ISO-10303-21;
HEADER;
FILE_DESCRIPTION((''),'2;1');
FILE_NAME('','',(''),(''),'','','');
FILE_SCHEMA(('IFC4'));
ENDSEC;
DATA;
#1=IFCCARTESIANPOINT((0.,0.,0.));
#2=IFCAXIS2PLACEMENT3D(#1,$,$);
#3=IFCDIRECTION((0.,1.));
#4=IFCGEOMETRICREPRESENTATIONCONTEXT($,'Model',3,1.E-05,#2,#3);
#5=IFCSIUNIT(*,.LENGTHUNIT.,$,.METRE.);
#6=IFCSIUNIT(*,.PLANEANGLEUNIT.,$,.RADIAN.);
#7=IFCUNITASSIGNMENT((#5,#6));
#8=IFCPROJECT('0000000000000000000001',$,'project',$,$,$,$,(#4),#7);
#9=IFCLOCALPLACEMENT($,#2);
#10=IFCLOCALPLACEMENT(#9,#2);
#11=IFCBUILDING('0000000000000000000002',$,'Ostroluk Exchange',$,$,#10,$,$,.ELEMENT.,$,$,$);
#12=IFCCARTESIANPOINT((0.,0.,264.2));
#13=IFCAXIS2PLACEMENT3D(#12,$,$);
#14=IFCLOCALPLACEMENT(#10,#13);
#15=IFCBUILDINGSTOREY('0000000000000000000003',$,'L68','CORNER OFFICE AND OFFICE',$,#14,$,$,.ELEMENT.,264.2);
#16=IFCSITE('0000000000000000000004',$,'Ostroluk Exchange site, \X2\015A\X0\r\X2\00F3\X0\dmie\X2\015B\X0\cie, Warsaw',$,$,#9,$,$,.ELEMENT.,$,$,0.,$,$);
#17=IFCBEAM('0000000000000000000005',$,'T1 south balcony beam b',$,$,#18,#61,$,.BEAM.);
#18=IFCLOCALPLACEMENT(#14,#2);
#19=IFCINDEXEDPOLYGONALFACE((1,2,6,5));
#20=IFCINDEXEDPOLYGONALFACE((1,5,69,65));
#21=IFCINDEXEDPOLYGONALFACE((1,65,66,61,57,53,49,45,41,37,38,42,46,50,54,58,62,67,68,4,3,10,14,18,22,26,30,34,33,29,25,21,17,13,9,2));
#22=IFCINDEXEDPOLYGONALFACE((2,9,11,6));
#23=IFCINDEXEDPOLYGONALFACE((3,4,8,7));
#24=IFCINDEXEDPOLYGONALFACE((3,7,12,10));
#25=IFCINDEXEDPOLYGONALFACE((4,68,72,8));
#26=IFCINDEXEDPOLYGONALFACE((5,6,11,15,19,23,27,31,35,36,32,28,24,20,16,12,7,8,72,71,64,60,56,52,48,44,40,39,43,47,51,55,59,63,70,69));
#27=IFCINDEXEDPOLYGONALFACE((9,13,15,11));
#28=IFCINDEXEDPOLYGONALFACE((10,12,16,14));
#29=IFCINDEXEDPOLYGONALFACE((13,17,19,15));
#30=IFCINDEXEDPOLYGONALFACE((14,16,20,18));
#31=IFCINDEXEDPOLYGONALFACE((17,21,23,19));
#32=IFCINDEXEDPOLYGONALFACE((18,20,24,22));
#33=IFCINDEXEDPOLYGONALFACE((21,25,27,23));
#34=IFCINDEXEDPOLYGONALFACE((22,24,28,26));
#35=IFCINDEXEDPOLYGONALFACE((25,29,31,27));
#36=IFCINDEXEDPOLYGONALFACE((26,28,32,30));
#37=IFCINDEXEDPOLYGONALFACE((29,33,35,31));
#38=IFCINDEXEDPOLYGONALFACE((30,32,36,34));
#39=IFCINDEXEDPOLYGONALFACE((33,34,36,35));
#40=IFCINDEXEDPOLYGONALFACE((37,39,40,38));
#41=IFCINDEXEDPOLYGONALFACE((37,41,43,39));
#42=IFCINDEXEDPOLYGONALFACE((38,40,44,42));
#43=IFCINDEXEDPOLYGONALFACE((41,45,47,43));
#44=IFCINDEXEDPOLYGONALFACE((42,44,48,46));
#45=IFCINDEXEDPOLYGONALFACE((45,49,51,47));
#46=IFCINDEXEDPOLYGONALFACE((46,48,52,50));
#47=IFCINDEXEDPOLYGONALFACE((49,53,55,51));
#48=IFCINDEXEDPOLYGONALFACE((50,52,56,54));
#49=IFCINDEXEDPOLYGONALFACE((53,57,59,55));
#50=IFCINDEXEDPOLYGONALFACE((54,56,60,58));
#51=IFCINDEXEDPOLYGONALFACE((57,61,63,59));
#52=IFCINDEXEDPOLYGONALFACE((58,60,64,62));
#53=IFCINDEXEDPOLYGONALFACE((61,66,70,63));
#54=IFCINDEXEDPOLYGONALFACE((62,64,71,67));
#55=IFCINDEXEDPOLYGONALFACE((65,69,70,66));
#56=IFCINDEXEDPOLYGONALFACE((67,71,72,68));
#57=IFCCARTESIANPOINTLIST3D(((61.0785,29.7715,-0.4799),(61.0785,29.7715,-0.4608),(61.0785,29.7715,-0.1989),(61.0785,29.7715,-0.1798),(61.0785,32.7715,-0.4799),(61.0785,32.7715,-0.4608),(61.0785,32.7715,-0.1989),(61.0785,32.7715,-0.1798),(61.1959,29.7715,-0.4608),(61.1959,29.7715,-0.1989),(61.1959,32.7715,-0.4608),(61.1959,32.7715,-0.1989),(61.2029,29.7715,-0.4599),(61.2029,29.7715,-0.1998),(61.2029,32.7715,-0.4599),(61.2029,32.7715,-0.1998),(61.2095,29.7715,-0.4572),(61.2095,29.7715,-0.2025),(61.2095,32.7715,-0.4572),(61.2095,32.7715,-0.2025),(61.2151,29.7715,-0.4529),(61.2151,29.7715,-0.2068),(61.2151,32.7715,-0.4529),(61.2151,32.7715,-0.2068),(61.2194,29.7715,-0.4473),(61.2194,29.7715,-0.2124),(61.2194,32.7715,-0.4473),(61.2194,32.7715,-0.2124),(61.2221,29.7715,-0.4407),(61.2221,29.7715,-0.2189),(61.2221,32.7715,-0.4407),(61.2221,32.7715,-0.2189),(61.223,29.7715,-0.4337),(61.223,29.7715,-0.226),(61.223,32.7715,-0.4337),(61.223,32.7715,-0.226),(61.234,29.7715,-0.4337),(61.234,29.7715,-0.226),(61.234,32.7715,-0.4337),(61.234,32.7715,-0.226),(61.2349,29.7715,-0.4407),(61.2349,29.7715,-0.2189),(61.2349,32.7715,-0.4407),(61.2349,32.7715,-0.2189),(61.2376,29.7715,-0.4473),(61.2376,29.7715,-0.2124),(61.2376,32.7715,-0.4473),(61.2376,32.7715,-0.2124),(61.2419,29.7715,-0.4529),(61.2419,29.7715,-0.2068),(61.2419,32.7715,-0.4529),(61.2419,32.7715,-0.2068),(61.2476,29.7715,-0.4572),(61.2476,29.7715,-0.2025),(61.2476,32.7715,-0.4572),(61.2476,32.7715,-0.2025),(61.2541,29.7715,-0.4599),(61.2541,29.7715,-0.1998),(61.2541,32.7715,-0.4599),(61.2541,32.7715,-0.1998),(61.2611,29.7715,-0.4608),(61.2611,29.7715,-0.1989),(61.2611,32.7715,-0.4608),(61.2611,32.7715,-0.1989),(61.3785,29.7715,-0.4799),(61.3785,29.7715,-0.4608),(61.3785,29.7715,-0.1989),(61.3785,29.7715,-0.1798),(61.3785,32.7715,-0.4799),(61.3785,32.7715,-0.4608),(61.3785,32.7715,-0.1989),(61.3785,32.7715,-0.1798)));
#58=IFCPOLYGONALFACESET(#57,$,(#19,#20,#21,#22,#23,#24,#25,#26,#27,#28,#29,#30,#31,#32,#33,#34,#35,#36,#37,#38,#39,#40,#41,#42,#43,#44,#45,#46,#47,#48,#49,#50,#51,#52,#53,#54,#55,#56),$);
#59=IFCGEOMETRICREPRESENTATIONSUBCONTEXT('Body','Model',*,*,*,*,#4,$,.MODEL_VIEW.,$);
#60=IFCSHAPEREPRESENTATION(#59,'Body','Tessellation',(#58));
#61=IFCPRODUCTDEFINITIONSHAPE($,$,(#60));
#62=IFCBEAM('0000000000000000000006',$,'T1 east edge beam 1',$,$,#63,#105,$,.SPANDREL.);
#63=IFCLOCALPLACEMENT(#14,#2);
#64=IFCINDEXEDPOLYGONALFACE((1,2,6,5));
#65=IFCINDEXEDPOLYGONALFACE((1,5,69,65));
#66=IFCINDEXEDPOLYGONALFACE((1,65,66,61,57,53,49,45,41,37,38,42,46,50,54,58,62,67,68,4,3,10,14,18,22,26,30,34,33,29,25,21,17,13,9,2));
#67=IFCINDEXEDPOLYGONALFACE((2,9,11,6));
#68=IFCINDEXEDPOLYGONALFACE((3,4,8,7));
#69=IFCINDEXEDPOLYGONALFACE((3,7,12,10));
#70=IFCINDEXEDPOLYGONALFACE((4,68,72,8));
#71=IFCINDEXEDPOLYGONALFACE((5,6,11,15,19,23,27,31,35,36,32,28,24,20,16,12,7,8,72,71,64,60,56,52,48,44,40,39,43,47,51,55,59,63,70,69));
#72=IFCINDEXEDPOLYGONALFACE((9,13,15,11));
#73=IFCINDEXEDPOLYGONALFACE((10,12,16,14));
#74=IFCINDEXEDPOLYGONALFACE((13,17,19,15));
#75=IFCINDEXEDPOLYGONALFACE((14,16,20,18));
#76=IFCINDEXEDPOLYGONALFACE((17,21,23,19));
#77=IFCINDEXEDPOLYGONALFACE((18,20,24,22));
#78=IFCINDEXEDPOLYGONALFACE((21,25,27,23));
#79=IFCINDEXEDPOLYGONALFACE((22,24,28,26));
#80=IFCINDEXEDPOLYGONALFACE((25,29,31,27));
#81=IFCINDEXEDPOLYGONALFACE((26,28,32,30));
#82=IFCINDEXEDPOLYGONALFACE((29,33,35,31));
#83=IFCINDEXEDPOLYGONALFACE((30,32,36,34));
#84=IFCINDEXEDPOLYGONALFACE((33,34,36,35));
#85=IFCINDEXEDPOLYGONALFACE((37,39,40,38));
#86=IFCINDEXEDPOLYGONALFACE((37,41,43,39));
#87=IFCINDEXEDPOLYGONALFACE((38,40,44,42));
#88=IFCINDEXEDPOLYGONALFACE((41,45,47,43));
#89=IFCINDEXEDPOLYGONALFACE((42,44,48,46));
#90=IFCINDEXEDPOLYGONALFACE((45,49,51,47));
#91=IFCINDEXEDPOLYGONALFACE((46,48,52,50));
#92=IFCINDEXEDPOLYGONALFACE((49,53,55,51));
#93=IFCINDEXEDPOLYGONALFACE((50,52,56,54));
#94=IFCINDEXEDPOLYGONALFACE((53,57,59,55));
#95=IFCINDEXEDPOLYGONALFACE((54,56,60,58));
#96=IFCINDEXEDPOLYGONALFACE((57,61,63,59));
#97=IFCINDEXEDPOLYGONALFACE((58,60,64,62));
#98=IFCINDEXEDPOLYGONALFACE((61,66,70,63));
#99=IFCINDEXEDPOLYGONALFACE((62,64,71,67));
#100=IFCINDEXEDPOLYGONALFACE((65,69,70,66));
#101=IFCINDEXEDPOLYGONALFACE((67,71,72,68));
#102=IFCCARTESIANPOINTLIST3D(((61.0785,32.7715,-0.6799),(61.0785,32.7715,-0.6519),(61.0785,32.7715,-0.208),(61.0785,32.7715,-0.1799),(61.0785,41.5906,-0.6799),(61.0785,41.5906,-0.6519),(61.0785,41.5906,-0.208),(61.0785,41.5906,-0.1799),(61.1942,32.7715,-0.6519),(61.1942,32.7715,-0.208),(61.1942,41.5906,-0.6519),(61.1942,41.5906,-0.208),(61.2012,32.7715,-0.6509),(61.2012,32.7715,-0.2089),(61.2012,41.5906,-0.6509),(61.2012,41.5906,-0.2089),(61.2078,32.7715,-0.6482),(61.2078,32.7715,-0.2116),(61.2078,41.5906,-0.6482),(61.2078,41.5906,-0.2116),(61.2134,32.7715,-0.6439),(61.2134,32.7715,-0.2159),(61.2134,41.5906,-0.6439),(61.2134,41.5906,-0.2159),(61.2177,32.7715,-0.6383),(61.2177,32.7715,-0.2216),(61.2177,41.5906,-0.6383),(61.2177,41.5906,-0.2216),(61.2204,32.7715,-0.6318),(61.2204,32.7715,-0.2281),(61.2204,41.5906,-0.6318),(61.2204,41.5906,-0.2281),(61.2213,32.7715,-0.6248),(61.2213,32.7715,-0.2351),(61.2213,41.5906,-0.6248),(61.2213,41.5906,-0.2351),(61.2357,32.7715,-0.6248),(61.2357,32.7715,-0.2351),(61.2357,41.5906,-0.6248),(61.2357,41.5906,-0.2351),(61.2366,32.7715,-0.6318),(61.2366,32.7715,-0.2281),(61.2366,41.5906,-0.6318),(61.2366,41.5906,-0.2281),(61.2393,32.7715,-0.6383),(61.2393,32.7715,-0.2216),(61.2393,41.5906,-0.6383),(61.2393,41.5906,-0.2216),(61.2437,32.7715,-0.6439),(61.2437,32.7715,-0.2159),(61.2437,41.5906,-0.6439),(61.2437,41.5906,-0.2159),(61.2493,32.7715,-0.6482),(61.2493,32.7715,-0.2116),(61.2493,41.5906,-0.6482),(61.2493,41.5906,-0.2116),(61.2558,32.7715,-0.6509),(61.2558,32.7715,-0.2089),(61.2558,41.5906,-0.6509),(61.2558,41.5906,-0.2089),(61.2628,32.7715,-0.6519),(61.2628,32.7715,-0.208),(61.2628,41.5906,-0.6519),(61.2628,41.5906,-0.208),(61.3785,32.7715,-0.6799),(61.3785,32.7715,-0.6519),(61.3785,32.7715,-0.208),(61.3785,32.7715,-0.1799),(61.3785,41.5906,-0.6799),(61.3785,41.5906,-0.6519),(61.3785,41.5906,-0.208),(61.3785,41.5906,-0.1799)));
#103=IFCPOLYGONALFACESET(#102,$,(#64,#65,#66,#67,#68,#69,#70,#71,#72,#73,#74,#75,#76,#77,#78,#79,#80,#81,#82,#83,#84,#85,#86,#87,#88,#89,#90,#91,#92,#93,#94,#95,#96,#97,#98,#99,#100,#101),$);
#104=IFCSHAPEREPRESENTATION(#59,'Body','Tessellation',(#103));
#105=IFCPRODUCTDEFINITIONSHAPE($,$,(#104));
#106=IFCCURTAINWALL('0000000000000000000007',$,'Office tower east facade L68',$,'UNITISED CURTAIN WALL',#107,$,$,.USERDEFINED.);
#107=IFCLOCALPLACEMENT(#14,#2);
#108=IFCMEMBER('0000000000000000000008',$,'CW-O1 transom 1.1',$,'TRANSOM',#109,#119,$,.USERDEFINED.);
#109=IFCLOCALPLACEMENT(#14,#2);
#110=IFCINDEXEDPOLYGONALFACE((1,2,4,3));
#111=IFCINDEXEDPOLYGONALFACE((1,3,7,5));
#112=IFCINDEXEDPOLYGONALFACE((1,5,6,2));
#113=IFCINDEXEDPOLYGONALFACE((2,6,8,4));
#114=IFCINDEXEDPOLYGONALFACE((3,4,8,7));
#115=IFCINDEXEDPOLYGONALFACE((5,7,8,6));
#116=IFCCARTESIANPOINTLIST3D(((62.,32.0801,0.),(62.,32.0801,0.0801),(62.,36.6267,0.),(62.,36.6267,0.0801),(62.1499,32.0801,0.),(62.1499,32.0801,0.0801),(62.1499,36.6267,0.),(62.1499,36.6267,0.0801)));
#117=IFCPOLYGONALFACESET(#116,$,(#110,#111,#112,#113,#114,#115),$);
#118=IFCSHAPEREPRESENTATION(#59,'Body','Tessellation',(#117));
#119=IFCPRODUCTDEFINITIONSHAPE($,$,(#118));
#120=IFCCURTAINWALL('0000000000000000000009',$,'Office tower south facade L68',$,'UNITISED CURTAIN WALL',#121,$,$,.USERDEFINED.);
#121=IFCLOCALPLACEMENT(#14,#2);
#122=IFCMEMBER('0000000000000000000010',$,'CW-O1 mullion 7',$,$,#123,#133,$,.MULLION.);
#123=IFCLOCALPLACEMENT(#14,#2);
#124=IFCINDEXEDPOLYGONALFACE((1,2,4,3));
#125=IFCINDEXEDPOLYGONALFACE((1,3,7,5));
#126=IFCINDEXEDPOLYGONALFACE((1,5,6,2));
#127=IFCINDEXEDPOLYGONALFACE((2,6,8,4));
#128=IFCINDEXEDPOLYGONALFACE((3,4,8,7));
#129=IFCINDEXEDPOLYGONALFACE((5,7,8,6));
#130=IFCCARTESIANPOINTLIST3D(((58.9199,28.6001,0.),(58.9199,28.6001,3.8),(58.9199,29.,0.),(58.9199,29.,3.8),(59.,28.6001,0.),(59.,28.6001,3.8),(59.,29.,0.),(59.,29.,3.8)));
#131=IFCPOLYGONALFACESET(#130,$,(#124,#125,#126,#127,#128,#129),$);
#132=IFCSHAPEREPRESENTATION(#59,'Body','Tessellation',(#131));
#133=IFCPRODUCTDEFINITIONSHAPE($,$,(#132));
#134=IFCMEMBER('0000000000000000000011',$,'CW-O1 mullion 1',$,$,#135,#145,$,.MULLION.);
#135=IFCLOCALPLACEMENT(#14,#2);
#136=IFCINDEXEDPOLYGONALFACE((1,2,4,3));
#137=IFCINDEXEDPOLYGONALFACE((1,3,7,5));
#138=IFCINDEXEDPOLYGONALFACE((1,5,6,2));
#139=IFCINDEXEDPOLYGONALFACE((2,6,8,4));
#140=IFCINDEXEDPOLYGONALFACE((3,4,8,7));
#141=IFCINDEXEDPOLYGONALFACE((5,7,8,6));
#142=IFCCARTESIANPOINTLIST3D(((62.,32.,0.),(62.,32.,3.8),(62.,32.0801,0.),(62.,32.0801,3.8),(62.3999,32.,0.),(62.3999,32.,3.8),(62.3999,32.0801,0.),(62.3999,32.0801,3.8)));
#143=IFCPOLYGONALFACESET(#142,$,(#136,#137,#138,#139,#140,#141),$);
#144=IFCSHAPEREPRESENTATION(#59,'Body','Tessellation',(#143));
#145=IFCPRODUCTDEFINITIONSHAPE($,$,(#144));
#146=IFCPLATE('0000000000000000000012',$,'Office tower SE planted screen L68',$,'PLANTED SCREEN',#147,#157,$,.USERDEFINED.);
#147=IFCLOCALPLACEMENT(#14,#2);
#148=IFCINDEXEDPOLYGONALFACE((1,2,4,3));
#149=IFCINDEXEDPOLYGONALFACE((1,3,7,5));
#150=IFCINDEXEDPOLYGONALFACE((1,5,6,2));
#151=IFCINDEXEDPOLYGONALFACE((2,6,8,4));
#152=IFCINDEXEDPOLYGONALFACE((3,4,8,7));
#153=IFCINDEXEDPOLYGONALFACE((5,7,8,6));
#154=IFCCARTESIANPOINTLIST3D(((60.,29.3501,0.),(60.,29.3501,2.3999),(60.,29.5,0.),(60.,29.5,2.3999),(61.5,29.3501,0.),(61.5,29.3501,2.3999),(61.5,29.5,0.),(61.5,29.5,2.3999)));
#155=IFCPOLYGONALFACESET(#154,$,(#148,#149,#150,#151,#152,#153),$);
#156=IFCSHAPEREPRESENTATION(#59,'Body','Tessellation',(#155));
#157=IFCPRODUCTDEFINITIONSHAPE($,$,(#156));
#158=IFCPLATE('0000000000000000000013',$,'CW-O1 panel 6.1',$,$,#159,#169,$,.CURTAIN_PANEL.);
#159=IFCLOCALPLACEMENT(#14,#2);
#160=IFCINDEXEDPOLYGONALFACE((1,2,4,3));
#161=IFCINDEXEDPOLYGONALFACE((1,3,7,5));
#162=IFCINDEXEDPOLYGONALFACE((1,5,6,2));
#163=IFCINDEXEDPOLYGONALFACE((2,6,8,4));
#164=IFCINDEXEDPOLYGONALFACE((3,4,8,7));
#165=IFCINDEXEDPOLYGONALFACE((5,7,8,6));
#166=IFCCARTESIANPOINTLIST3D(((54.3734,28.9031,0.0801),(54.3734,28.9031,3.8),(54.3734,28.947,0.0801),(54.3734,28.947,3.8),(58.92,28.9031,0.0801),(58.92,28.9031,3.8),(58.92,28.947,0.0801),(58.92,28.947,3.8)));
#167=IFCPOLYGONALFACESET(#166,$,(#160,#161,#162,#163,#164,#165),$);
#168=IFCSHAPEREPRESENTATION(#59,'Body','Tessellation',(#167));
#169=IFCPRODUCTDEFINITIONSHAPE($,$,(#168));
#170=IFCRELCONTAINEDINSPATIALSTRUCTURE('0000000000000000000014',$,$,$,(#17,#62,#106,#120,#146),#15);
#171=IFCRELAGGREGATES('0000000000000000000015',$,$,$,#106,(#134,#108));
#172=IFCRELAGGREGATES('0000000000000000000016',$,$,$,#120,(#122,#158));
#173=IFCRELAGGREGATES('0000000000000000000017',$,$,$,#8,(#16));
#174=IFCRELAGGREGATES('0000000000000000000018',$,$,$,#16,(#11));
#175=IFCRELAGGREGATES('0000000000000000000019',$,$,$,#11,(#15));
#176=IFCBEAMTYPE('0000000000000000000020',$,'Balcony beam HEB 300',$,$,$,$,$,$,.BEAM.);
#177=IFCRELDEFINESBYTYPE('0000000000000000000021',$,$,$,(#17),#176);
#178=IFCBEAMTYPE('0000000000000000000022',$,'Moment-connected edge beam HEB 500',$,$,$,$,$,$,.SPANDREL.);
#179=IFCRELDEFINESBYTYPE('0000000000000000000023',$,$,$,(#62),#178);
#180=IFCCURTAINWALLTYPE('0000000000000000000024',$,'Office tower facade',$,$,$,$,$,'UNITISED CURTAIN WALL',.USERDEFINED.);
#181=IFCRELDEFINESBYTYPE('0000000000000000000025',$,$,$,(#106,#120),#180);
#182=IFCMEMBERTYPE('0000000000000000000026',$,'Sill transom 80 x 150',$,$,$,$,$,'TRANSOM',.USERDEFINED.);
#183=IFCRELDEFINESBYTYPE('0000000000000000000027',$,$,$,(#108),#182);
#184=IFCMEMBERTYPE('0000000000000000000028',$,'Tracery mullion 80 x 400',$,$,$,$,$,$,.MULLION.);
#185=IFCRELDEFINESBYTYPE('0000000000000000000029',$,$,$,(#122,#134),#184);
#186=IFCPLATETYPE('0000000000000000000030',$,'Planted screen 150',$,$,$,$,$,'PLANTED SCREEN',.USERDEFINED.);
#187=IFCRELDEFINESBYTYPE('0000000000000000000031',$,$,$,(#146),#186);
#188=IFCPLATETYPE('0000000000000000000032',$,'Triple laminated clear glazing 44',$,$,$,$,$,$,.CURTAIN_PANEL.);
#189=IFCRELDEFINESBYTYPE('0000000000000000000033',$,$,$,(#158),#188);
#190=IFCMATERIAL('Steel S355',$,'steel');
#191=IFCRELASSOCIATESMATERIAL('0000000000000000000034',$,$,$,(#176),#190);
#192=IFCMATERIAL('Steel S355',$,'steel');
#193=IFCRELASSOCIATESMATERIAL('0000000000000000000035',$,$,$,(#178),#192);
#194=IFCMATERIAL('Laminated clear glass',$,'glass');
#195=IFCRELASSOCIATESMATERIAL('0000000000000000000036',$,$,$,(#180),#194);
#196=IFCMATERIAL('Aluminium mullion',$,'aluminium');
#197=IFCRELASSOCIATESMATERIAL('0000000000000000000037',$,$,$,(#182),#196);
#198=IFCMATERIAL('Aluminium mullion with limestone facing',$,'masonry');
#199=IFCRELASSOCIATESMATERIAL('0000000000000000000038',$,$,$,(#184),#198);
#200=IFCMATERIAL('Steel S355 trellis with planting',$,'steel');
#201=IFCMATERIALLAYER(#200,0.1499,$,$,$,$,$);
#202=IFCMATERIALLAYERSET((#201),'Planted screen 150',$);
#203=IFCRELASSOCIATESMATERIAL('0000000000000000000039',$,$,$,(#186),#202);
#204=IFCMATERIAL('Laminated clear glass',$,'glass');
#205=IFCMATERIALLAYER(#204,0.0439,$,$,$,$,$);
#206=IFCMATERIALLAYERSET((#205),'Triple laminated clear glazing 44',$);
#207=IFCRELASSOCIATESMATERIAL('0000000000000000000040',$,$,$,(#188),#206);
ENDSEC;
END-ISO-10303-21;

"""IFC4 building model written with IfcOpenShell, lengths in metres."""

from ifc_helpers import new_model, si_unit, direction, frame, origin, origin_2d, place, context, subcontext, project, spatial, rectangle, i_section, extrude, material, layer, layer_set, material_profile, profile_set, type_object, element, aggregate, save


model = new_model("IFC4")

# Units and contexts
model_context = context("Model", 3, precision=1e-05, world=origin(), true_north=direction((0.0, 1.0)))
body_context = subcontext(model_context, "Body", "Model", "MODEL_VIEW")
ifc_project = project(units=[si_unit("LENGTHUNIT", "METRE"), si_unit("PLANEANGLEUNIT", "RADIAN")], contexts=[model_context])

# Site, building, storey
site_placement = place(None, origin())
site = spatial("IfcSite", under=ifc_project, at=site_placement, Name="Ostroluk Exchange site, Śródmieście, Warsaw", CompositionType="ELEMENT", RefElevation=0.0)
building_placement = place(site_placement, origin())
building = spatial("IfcBuilding", under=site, at=building_placement, Name="Ostroluk Exchange", CompositionType="ELEMENT")
storey_placement = place(building_placement, frame((0.0, 0.0, 264.2)))
storey = spatial("IfcBuildingStorey", under=building, at=storey_placement, Name="L68", Description="CORNER OFFICE AND OFFICE", CompositionType="ELEMENT", Elevation=264.2)

# Beams
ifc_material_1 = material(Name="Steel S355", Category="steel")
ifc_material_profile_1 = material_profile(ifc_material_1, i_section(OverallWidth=0.3, OverallDepth=0.3, WebThickness=0.011, FlangeThickness=0.019, FilletRadius=0.0271, at=origin_2d()), Name="HEB 300")
ifc_profile_set_1 = profile_set([ifc_material_profile_1], Name="Steel S355")
beam_type_1 = type_object("IfcBeamType", Name="Balcony beam HEB 300", PredefinedType="BEAM", material=ifc_profile_set_1)
for number, where, z_axis, x_axis, name in (
    (1, (61.2285, 32.7715, -0.3298), (0.0, -1.0, 0.0), (1.0, 0.0, 0.0), "T1 south balcony beam b"),
):
    element("IfcBeam", number, at=place(storey_placement, frame(where, z_axis=z_axis, x_axis=x_axis)), inside=storey, type_object=beam_type_1, Name=name, PredefinedType="BEAM", context=body_context, shape_type="SweptSolid", body=[
        extrude(i_section(OverallWidth=0.3, OverallDepth=0.3, WebThickness=0.011, FlangeThickness=0.019, FilletRadius=0.0271, at=origin_2d()), origin(), (0.0, 0.0, 1.0), 3.0),
    ])
ifc_material_2 = material(Name="Steel S355", Category="steel")
ifc_material_profile_2 = material_profile(ifc_material_2, i_section(OverallWidth=0.3, OverallDepth=0.5, WebThickness=0.0144, FlangeThickness=0.0281, FilletRadius=0.0271, at=origin_2d()), Name="HEB 500")
ifc_profile_set_2 = profile_set([ifc_material_profile_2], Name="Steel S355")
beam_type_2 = type_object("IfcBeamType", Name="Moment-connected edge beam HEB 500", PredefinedType="SPANDREL", material=ifc_profile_set_2)
beam_placement = place(storey_placement, frame((61.2285, 32.7715, -0.4299), z_axis=(0.0, 1.0, 0.0), x_axis=(-1.0, 0.0, 0.0)))
element("IfcBeam", 2, at=beam_placement, inside=storey, type_object=beam_type_2, Name="T1 east edge beam 1", PredefinedType="SPANDREL", context=body_context, shape_type="SweptSolid", body=[
    extrude(i_section(OverallWidth=0.3, OverallDepth=0.5, WebThickness=0.0144, FlangeThickness=0.0281, FilletRadius=0.0271, at=origin_2d()), origin(), (0.0, 0.0, 1.0), 8.8191),
])

# Curtain walls, members
ifc_material_3 = material(Name="Laminated clear glass", Category="glass")
curtain_wall_type = type_object("IfcCurtainWallType", Name="Office tower facade", ElementType="UNITISED CURTAIN WALL", PredefinedType="USERDEFINED", material=ifc_material_3)
curtain_wall_1_placement = place(storey_placement, origin())
curtain_wall_1 = element("IfcCurtainWall", 3, at=curtain_wall_1_placement, inside=storey, type_object=curtain_wall_type, Name="Office tower east facade L68", ObjectType="UNITISED CURTAIN WALL", PredefinedType="USERDEFINED")
ifc_material_4 = material(Name="Aluminium mullion", Category="aluminium")
ifc_material_profile_3 = material_profile(ifc_material_4, rectangle(XDim=0.1499, YDim=0.0801, at=origin_2d()), Name="Sill transom 80 x 150")
ifc_profile_set_3 = profile_set([ifc_material_profile_3], Name="Aluminium mullion")
member_type_1 = type_object("IfcMemberType", Name="Sill transom 80 x 150", ElementType="TRANSOM", PredefinedType="USERDEFINED", material=ifc_profile_set_3)
member_1_placement = place(storey_placement, frame((62.075, 32.0801, 0.04), z_axis=(0.0, 1.0, 0.0), x_axis=(-1.0, 0.0, 0.0)))
member_1 = element("IfcMember", 4, at=member_1_placement, type_object=member_type_1, Name="CW-O1 transom 1.1", ObjectType="TRANSOM", PredefinedType="USERDEFINED", context=body_context, shape_type="SweptSolid", body=[
    extrude(rectangle(XDim=0.1499, YDim=0.0801, at=origin_2d()), origin(), (0.0, 0.0, 1.0), 4.5466),
])
curtain_wall_2_placement = place(storey_placement, origin())
curtain_wall_2 = element("IfcCurtainWall", 5, at=curtain_wall_2_placement, inside=storey, type_object=curtain_wall_type, Name="Office tower south facade L68", ObjectType="UNITISED CURTAIN WALL", PredefinedType="USERDEFINED")
ifc_material_5 = material(Name="Aluminium mullion with limestone facing", Category="masonry")
ifc_material_profile_4 = material_profile(ifc_material_5, rectangle(XDim=0.3999, YDim=0.0801, at=origin_2d()), Name="Tracery mullion 80 x 400")
ifc_profile_set_4 = profile_set([ifc_material_profile_4], Name="Aluminium mullion with limestone facing")
member_type_2 = type_object("IfcMemberType", Name="Tracery mullion 80 x 400", PredefinedType="MULLION", material=ifc_profile_set_4)
member_2_placement = place(storey_placement, frame((58.96, 28.8, 0.0), z_axis=(0.0, 0.0, 1.0), x_axis=(0.0, 1.0, 0.0)))
member_2 = element("IfcMember", 6, at=member_2_placement, type_object=member_type_2, Name="CW-O1 mullion 7", PredefinedType="MULLION", context=body_context, shape_type="SweptSolid", body=[
    extrude(rectangle(XDim=0.3999, YDim=0.0801, at=origin_2d()), origin(), (0.0, 0.0, 1.0), 3.8),
])

# Member
member_3_placement = place(storey_placement, frame((62.2, 32.04, 0.0), z_axis=(0.0, 0.0, 1.0), x_axis=(-1.0, 0.0, 0.0)))
member_3 = element("IfcMember", 7, at=member_3_placement, type_object=member_type_2, Name="CW-O1 mullion 1", PredefinedType="MULLION", context=body_context, shape_type="SweptSolid", body=[
    extrude(rectangle(XDim=0.3999, YDim=0.0801, at=origin_2d()), origin(), (0.0, 0.0, 1.0), 3.8),
])
aggregate(curtain_wall_1, [member_3, member_1])

# Plates
ifc_material_6 = material(Name="Steel S355 trellis with planting", Category="steel")
ifc_layer_1 = layer(ifc_material_6, 0.1499)
ifc_layer_set_1 = layer_set([ifc_layer_1], Name="Planted screen 150")
plate_type_1 = type_object("IfcPlateType", Name="Planted screen 150", ElementType="PLANTED SCREEN", PredefinedType="USERDEFINED", material=ifc_layer_set_1)
plate_1_placement = place(storey_placement, frame((60.75, 29.425, 0.0), z_axis=(0.0, 0.0, 1.0), x_axis=(1.0, 0.0, 0.0)))
element("IfcPlate", 8, at=plate_1_placement, inside=storey, type_object=plate_type_1, Name="Office tower SE planted screen L68", ObjectType="PLANTED SCREEN", PredefinedType="USERDEFINED", context=body_context, shape_type="SweptSolid", body=[
    extrude(rectangle(XDim=1.5, YDim=0.1499, at=origin_2d()), origin(), (0.0, 0.0, 1.0), 2.3999),
])
ifc_material_7 = material(Name="Laminated clear glass", Category="glass")
ifc_layer_2 = layer(ifc_material_7, 0.0439)
ifc_layer_set_2 = layer_set([ifc_layer_2], Name="Triple laminated clear glazing 44")
plate_type_2 = type_object("IfcPlateType", Name="Triple laminated clear glazing 44", PredefinedType="CURTAIN_PANEL", material=ifc_layer_set_2)
plate_2_placement = place(storey_placement, frame((56.6467, 28.925, 0.0801), z_axis=(0.0, 0.0, 1.0), x_axis=(1.0, 0.0, 0.0)))
plate_2 = element("IfcPlate", 9, at=plate_2_placement, type_object=plate_type_2, Name="CW-O1 panel 6.1", PredefinedType="CURTAIN_PANEL", context=body_context, shape_type="SweptSolid", body=[
    extrude(rectangle(XDim=4.5466, YDim=0.0439, at=origin_2d()), origin(), (0.0, 0.0, 1.0), 3.72),
])
aggregate(curtain_wall_2, [member_2, plate_2])

save(model, "model.ifc")
